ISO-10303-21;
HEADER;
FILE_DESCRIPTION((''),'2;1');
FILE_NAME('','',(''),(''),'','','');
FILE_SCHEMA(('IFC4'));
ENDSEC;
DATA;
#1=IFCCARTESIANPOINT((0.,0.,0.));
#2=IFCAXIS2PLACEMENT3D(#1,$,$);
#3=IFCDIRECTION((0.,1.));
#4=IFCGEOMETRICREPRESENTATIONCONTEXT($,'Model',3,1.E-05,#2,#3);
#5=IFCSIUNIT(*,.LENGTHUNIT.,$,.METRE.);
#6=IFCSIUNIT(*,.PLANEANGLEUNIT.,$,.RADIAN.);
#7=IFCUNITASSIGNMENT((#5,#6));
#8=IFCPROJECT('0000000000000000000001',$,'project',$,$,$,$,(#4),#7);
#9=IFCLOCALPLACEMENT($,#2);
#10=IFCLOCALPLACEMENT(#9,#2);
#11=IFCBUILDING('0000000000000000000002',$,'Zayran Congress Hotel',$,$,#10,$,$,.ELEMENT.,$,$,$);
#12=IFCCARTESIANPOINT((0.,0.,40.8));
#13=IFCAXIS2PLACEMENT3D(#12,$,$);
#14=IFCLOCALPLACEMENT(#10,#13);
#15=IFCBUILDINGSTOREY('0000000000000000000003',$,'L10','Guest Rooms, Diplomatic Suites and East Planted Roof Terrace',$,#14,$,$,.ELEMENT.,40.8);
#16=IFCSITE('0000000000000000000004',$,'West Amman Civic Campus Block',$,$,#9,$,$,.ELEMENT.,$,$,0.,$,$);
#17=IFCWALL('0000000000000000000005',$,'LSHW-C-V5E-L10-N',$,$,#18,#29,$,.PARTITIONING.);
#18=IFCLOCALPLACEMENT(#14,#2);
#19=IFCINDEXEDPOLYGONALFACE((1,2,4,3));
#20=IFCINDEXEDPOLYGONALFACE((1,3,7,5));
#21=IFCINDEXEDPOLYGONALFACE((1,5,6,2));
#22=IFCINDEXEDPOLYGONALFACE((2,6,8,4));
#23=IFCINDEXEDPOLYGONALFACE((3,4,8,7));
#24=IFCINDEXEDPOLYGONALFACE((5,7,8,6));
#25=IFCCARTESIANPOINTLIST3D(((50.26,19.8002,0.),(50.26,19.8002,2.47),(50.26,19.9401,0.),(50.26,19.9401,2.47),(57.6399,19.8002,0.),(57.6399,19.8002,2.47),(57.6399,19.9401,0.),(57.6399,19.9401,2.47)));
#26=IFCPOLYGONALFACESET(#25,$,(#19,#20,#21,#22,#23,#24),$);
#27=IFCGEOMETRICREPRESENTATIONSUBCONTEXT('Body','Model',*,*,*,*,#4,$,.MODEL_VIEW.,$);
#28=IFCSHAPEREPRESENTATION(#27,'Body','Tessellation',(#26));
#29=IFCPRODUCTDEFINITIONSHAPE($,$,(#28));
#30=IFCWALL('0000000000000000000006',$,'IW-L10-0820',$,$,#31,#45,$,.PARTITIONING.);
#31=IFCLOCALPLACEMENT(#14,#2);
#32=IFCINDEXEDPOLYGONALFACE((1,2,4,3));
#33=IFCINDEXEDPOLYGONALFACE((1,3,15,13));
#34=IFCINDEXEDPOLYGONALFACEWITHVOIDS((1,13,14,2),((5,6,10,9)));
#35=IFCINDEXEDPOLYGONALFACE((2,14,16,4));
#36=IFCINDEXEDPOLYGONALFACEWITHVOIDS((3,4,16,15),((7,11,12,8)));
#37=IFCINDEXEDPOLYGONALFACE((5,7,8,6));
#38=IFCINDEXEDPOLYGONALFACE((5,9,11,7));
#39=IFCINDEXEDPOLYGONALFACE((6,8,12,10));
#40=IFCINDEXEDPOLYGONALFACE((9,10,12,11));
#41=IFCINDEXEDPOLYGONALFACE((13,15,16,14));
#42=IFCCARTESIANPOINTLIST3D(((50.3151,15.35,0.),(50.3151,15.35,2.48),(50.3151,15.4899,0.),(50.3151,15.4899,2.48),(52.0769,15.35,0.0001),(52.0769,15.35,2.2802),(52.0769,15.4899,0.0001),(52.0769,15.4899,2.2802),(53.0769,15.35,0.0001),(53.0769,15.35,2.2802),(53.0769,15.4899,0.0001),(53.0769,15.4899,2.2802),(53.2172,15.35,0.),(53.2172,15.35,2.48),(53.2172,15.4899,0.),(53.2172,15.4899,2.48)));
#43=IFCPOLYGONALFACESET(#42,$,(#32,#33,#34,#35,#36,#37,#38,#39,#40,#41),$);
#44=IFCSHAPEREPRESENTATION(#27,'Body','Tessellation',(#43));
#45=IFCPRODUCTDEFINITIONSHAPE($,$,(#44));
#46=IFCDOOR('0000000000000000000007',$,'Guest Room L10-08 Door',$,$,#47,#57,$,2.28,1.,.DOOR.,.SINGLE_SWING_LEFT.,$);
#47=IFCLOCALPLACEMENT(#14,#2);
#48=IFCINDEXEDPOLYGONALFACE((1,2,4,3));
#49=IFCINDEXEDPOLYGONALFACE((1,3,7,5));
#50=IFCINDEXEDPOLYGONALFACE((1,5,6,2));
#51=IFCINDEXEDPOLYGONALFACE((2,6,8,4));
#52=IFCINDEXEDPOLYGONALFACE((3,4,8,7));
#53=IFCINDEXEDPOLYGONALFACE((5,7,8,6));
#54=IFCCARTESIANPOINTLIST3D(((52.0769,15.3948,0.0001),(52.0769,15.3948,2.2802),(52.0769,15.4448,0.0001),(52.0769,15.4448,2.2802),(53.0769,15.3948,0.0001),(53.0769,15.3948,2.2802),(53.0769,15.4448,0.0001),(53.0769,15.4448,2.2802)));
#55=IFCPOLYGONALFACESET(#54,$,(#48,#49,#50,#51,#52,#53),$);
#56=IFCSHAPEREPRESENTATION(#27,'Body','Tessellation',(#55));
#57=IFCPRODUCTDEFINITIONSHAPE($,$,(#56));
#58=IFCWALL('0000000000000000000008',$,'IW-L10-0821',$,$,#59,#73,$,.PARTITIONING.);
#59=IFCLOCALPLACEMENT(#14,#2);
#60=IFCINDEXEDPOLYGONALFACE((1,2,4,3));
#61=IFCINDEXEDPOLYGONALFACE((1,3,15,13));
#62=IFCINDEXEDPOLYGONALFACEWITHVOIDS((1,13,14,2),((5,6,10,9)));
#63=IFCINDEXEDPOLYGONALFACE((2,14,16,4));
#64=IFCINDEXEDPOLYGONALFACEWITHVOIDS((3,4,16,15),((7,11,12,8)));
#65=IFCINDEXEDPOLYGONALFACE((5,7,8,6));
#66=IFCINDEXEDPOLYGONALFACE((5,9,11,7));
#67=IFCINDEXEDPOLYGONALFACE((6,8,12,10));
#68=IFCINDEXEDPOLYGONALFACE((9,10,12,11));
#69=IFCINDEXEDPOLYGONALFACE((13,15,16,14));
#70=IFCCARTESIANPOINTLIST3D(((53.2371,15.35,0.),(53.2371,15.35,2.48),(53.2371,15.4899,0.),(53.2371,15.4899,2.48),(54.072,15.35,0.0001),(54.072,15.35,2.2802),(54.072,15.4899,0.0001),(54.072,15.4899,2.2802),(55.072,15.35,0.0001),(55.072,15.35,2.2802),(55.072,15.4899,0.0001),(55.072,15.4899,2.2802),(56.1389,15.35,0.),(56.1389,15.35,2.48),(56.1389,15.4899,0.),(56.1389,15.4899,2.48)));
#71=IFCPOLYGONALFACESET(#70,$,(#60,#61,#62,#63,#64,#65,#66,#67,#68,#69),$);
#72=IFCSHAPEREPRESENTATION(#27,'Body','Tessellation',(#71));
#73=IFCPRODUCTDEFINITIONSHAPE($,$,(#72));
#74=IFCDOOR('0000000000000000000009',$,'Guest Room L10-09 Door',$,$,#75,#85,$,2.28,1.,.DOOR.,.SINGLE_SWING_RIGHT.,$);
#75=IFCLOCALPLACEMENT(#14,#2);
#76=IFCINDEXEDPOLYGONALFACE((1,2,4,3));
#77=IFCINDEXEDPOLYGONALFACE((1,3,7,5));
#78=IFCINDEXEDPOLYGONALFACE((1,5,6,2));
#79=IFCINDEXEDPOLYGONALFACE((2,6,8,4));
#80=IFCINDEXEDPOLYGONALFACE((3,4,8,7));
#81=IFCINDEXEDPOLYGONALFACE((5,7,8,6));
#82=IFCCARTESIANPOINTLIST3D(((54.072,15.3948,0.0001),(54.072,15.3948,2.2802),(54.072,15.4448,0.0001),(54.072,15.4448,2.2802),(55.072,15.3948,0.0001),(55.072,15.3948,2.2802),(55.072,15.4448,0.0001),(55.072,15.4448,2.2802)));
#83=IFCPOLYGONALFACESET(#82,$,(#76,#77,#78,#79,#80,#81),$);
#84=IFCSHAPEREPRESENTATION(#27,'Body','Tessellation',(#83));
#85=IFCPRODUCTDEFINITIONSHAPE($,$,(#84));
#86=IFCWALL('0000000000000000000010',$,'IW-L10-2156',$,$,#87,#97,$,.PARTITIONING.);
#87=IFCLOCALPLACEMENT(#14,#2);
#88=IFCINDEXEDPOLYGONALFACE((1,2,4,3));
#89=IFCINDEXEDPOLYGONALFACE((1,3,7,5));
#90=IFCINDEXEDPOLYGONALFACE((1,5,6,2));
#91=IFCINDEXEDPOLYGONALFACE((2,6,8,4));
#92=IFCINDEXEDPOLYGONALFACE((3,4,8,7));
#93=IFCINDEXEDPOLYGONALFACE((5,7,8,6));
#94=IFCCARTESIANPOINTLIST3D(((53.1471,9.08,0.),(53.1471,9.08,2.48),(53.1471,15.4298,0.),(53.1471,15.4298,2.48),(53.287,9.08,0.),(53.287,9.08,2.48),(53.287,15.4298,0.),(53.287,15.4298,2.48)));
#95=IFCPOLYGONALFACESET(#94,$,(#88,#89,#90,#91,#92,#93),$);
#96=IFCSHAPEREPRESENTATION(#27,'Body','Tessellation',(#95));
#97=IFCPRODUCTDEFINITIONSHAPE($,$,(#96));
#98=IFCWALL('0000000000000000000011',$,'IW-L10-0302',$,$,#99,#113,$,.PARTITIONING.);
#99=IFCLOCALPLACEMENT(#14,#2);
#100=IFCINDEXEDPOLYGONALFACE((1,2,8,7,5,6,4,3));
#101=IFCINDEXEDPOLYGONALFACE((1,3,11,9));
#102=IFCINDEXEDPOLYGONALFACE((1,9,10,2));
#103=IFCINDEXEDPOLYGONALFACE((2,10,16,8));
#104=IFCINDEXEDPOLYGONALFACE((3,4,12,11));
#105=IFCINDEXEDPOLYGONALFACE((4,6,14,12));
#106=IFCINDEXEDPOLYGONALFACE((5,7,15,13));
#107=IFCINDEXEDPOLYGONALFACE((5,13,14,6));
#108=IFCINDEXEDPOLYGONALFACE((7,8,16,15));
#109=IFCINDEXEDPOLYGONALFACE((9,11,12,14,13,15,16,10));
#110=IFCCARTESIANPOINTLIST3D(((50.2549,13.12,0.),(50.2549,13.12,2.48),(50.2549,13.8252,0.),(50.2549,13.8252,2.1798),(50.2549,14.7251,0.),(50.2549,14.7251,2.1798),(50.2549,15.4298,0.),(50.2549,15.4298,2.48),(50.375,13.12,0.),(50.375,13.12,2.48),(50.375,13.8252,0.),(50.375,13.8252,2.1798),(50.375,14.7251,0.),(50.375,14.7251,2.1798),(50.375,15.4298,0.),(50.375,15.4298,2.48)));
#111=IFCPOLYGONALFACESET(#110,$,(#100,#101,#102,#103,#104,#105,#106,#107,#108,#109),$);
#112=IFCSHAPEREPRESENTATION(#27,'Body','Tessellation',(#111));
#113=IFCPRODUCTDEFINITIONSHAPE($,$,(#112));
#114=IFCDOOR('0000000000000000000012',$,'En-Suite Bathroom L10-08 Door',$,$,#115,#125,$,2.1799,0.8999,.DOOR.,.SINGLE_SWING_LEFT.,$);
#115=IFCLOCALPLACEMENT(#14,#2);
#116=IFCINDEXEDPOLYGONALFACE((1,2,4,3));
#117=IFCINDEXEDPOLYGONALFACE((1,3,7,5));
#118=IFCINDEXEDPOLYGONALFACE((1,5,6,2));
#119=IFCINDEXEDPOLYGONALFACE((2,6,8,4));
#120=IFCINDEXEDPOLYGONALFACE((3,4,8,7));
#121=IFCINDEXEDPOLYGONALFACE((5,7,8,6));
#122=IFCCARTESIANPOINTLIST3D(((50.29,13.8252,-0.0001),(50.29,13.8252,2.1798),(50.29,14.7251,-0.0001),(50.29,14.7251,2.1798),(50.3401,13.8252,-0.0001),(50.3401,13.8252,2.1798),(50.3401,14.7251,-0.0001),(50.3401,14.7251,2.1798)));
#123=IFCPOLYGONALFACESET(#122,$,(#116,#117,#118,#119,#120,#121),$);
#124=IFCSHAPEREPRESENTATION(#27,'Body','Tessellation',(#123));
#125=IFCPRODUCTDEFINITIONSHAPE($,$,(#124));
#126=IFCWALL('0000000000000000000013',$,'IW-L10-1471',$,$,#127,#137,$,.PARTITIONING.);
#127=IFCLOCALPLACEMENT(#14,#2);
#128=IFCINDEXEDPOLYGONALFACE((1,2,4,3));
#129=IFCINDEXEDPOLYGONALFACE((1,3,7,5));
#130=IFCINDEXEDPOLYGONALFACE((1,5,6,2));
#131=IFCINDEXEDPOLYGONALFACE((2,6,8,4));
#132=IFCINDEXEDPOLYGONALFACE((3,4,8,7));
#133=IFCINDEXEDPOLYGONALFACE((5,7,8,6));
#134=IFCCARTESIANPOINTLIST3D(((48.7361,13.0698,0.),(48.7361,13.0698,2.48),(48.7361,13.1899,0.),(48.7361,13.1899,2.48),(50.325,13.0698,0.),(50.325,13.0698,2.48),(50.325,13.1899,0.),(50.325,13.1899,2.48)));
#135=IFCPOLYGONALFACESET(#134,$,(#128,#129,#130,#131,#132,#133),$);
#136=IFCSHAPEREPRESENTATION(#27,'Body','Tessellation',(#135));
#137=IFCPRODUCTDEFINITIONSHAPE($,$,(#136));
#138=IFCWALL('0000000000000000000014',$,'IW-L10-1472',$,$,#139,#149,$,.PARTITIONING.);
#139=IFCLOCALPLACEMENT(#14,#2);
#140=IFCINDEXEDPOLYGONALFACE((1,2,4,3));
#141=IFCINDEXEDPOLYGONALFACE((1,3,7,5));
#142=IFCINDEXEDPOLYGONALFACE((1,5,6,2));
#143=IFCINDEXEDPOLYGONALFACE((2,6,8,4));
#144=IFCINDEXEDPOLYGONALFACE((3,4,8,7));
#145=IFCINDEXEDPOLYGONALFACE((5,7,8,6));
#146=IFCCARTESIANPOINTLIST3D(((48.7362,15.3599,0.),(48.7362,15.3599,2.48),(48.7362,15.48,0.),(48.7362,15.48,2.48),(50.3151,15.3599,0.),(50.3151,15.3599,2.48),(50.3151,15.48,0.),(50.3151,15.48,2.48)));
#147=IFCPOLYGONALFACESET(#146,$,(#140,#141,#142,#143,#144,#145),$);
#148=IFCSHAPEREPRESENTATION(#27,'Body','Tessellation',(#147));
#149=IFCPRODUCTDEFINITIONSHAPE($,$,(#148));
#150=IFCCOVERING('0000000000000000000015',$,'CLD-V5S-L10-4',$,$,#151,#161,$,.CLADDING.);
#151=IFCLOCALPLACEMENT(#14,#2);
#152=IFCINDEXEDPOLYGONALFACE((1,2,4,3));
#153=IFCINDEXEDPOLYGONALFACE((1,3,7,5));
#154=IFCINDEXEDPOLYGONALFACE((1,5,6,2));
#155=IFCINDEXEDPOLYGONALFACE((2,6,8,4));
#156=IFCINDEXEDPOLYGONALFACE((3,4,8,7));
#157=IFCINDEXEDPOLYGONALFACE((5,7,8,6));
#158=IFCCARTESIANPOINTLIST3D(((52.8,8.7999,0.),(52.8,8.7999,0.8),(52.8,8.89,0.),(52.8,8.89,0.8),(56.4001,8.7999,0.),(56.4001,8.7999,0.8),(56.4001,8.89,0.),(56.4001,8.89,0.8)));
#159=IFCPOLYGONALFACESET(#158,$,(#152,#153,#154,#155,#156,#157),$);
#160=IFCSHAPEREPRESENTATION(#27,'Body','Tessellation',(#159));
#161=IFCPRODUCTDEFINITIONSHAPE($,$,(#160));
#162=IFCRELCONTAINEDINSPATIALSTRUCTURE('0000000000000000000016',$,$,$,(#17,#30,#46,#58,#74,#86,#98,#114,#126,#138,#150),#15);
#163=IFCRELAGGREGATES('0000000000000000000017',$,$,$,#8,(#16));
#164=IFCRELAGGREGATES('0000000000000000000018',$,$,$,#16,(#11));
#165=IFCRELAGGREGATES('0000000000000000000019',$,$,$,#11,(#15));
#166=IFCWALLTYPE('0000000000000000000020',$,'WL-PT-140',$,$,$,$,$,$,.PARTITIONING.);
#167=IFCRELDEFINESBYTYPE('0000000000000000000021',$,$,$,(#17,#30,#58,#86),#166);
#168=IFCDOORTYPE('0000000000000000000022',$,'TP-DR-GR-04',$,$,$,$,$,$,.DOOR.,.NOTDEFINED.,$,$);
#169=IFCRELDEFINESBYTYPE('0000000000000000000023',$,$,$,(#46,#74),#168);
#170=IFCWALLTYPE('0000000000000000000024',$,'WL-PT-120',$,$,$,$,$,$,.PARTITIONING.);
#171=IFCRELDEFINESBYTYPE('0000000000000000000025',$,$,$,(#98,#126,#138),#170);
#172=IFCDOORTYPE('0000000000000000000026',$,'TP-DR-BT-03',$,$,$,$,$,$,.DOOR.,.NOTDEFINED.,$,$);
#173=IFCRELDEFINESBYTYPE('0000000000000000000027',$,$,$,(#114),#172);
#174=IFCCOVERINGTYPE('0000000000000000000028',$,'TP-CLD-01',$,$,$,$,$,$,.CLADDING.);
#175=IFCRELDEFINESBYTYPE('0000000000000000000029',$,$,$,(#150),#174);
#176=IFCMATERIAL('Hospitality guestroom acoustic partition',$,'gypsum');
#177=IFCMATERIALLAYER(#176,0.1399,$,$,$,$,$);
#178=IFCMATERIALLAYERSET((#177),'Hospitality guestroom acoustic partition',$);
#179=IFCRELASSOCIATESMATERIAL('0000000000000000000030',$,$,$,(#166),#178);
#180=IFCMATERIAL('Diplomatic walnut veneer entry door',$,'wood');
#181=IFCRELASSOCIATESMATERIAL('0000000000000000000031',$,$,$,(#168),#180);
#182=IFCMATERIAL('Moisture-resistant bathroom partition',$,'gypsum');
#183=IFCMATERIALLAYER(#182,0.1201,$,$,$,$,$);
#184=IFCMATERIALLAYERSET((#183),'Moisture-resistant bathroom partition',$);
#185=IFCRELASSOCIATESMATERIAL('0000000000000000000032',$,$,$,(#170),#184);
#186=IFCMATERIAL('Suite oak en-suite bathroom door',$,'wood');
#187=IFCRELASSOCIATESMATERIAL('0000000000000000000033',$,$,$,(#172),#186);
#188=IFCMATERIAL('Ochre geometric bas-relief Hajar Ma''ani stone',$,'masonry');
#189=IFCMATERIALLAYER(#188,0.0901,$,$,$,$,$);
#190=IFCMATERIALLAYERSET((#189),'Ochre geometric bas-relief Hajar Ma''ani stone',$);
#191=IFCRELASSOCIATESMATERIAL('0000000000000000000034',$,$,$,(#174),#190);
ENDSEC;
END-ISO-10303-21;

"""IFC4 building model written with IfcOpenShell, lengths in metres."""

from ifc_helpers import new_model, si_unit, direction, frame, frame_2d, origin, origin_2d, place, context, subcontext, project, spatial, rectangle, extrude, material, layer, layer_set, type_object, element, fill, save


model = new_model("IFC4")

# Units and contexts
model_context = context("Model", 3, precision=1e-05, world=origin(), true_north=direction((0.0, 1.0)))
body_context = subcontext(model_context, "Body", "Model", "MODEL_VIEW")
ifc_project = project(units=[si_unit("LENGTHUNIT", "METRE"), si_unit("PLANEANGLEUNIT", "RADIAN")], contexts=[model_context])

# Site, building, storey
site_placement = place(None, origin())
site = spatial("IfcSite", under=ifc_project, at=site_placement, Name="West Amman Civic Campus Block", CompositionType="ELEMENT", RefElevation=0.0)
building_placement = place(site_placement, origin())
building = spatial("IfcBuilding", under=site, at=building_placement, Name="Zayran Congress Hotel", CompositionType="ELEMENT")
storey_placement = place(building_placement, frame((0.0, 0.0, 40.8)))
storey = spatial("IfcBuildingStorey", under=building, at=storey_placement, Name="L10", Description="Guest Rooms, Diplomatic Suites and East Planted Roof Terrace", CompositionType="ELEMENT", Elevation=40.8)

# Wall
ifc_material_1 = material(Name="Hospitality guestroom acoustic partition", Category="gypsum")
ifc_layer_1 = layer(ifc_material_1, 0.1399)
ifc_layer_set_1 = layer_set([ifc_layer_1], Name="Hospitality guestroom acoustic partition")
wall_type_1 = type_object("IfcWallType", Name="WL-PT-140", PredefinedType="PARTITIONING", material=ifc_layer_set_1)
wall_1_placement = place(storey_placement, frame((50.26, 19.8701, 0.0), z_axis=(0.0, 0.0, 1.0), x_axis=(1.0, 0.0, 0.0)))
element("IfcWall", 1, at=wall_1_placement, inside=storey, type_object=wall_type_1, Name="LSHW-C-V5E-L10-N", PredefinedType="PARTITIONING", context=body_context, shape_type="SweptSolid", body=[
    extrude(rectangle(XDim=7.3799, YDim=0.1399, at=frame_2d((3.6899, 0.0))), origin(), (0.0, 0.0, 1.0), 2.47),
])

# Walls, openings, doors
wall_2_placement = place(storey_placement, frame((50.3149, 15.4199, 0.0), z_axis=(0.0, 0.0, 1.0), x_axis=(1.0, 0.0, 0.0)))
wall_2 = element("IfcWall", 2, at=wall_2_placement, inside=storey, type_object=wall_type_1, Name="IW-L10-0820", PredefinedType="PARTITIONING", context=body_context, shape_type="SweptSolid", body=[
    extrude(rectangle(XDim=2.9021, YDim=0.1399, at=frame_2d((1.4512, 0.0))), origin(), (0.0, 0.0, 1.0), 2.48),
])
opening_1_placement = place(wall_2_placement, frame((1.762, 0.0, 0.0)))
opening_1 = element("IfcOpeningElement", 3, at=opening_1_placement, cuts=wall_2, PredefinedType="OPENING", context=body_context, shape_type="SweptSolid", body=[
    extrude(rectangle(XDim=1.0, YDim=2.28, at=frame_2d((0.5, 1.1401))), frame((0.0, 0.0798, 0.0), z_axis=(0.0, -1.0, 0.0), x_axis=(1.0, 0.0, 0.0)), (0.0, 0.0, 1.0), 0.1599),
])
ifc_material_2 = material(Name="Diplomatic walnut veneer entry door", Category="wood")
door_type_1 = type_object("IfcDoorType", Name="TP-DR-GR-04", OperationType="NOTDEFINED", PredefinedType="DOOR", material=ifc_material_2)
door_1_placement = place(opening_1_placement, origin())
door_1 = element("IfcDoor", 4, at=door_1_placement, inside=storey, type_object=door_type_1, Name="Guest Room L10-08 Door", OperationType="SINGLE_SWING_LEFT", OverallHeight=2.28, OverallWidth=1.0, PredefinedType="DOOR", context=body_context, shape_type="SweptSolid", body=[
    extrude(rectangle(XDim=1.0, YDim=2.28, at=frame_2d((0.5, 1.1401))), frame((0.0, 0.0249, 0.0), z_axis=(0.0, -1.0, 0.0), x_axis=(1.0, 0.0, 0.0)), (0.0, 0.0, 1.0), 0.05),
])
fill(opening_1, door_1)
wall_3_placement = place(storey_placement, frame((53.2371, 15.4199, 0.0), z_axis=(0.0, 0.0, 1.0), x_axis=(1.0, 0.0, 0.0)))
wall_3 = element("IfcWall", 5, at=wall_3_placement, inside=storey, type_object=wall_type_1, Name="IW-L10-0821", PredefinedType="PARTITIONING", context=body_context, shape_type="SweptSolid", body=[
    extrude(rectangle(XDim=2.9019, YDim=0.1399, at=frame_2d((1.4509, 0.0))), origin(), (0.0, 0.0, 1.0), 2.48),
])
opening_2_placement = place(wall_3_placement, frame((0.835, 0.0, 0.0)))
opening_2 = element("IfcOpeningElement", 6, at=opening_2_placement, cuts=wall_3, PredefinedType="OPENING", context=body_context, shape_type="SweptSolid", body=[
    extrude(rectangle(XDim=1.0, YDim=2.28, at=frame_2d((0.5, 1.1401))), frame((0.0, 0.0798, 0.0), z_axis=(0.0, -1.0, 0.0), x_axis=(1.0, 0.0, 0.0)), (0.0, 0.0, 1.0), 0.1599),
])
door_2_placement = place(opening_2_placement, origin())
door_2 = element("IfcDoor", 7, at=door_2_placement, inside=storey, type_object=door_type_1, Name="Guest Room L10-09 Door", OperationType="SINGLE_SWING_RIGHT", OverallHeight=2.28, OverallWidth=1.0, PredefinedType="DOOR", context=body_context, shape_type="SweptSolid", body=[
    extrude(rectangle(XDim=1.0, YDim=2.28, at=frame_2d((0.5, 1.1401))), frame((0.0, 0.0249, 0.0), z_axis=(0.0, -1.0, 0.0), x_axis=(1.0, 0.0, 0.0)), (0.0, 0.0, 1.0), 0.05),
])
fill(opening_2, door_2)

# Wall
wall_4_placement = place(storey_placement, frame((53.217, 9.0801, 0.0), z_axis=(0.0, 0.0, 1.0), x_axis=(0.0, 1.0, 0.0)))
element("IfcWall", 8, at=wall_4_placement, inside=storey, type_object=wall_type_1, Name="IW-L10-2156", PredefinedType="PARTITIONING", context=body_context, shape_type="SweptSolid", body=[
    extrude(rectangle(XDim=6.3499, YDim=0.1399, at=frame_2d((3.1748, 0.0))), origin(), (0.0, 0.0, 1.0), 2.48),
])

# Wall, opening, door
ifc_material_3 = material(Name="Moisture-resistant bathroom partition", Category="gypsum")
ifc_layer_2 = layer(ifc_material_3, 0.1201)
ifc_layer_set_2 = layer_set([ifc_layer_2], Name="Moisture-resistant bathroom partition")
wall_type_2 = type_object("IfcWallType", Name="WL-PT-120", PredefinedType="PARTITIONING", material=ifc_layer_set_2)
wall_5_placement = place(storey_placement, frame((50.3149, 13.1201, 0.0), z_axis=(0.0, 0.0, 1.0), x_axis=(0.0, 1.0, 0.0)))
wall_5 = element("IfcWall", 9, at=wall_5_placement, inside=storey, type_object=wall_type_2, Name="IW-L10-0302", PredefinedType="PARTITIONING", context=body_context, shape_type="SweptSolid", body=[
    extrude(rectangle(XDim=2.3098, YDim=0.1201, at=frame_2d((1.1548, 0.0))), origin(), (0.0, 0.0, 1.0), 2.48),
])
opening_3_placement = place(wall_5_placement, frame((0.7051, 0.0, 0.0)))
opening_3 = element("IfcOpeningElement", 10, at=opening_3_placement, cuts=wall_5, PredefinedType="OPENING", context=body_context, shape_type="SweptSolid", body=[
    extrude(rectangle(XDim=0.8999, YDim=2.1799, at=frame_2d((0.45, 1.0898))), frame((0.0, 0.0701, 0.0), z_axis=(0.0, -1.0, 0.0), x_axis=(1.0, 0.0, 0.0)), (0.0, 0.0, 1.0), 0.1401),
])
ifc_material_4 = material(Name="Suite oak en-suite bathroom door", Category="wood")
door_type_2 = type_object("IfcDoorType", Name="TP-DR-BT-03", OperationType="NOTDEFINED", PredefinedType="DOOR", material=ifc_material_4)
door_3_placement = place(opening_3_placement, origin())
door_3 = element("IfcDoor", 11, at=door_3_placement, inside=storey, type_object=door_type_2, Name="En-Suite Bathroom L10-08 Door", OperationType="SINGLE_SWING_LEFT", OverallHeight=2.1799, OverallWidth=0.8999, PredefinedType="DOOR", context=body_context, shape_type="SweptSolid", body=[
    extrude(rectangle(XDim=0.8999, YDim=2.1799, at=frame_2d((0.45, 1.0898))), frame((0.0, 0.0249, 0.0), z_axis=(0.0, -1.0, 0.0), x_axis=(1.0, 0.0, 0.0)), (0.0, 0.0, 1.0), 0.05),
])
fill(opening_3, door_3)

# Walls
wall_6_placement = place(storey_placement, frame((48.7361, 13.1299, 0.0), z_axis=(0.0, 0.0, 1.0), x_axis=(1.0, 0.0, 0.0)))
element("IfcWall", 12, at=wall_6_placement, inside=storey, type_object=wall_type_2, Name="IW-L10-1471", PredefinedType="PARTITIONING", context=body_context, shape_type="SweptSolid", body=[
    extrude(rectangle(XDim=1.5889, YDim=0.1201, at=frame_2d((0.7944, 0.0))), origin(), (0.0, 0.0, 1.0), 2.48),
])
wall_7_placement = place(storey_placement, frame((48.7361, 15.4199, 0.0), z_axis=(0.0, 0.0, 1.0), x_axis=(1.0, 0.0, 0.0)))
element("IfcWall", 13, at=wall_7_placement, inside=storey, type_object=wall_type_2, Name="IW-L10-1472", PredefinedType="PARTITIONING", context=body_context, shape_type="SweptSolid", body=[
    extrude(rectangle(XDim=1.5789, YDim=0.1201, at=frame_2d((0.7896, 0.0))), origin(), (0.0, 0.0, 1.0), 2.48),
])

# Covering
ifc_material_5 = material(Name="Ochre geometric bas-relief Hajar Ma'ani stone", Category="masonry")
ifc_layer_3 = layer(ifc_material_5, 0.0901)
ifc_layer_set_3 = layer_set([ifc_layer_3], Name="Ochre geometric bas-relief Hajar Ma'ani stone")
covering_type = type_object("IfcCoveringType", Name="TP-CLD-01", PredefinedType="CLADDING", material=ifc_layer_set_3)
covering_placement = place(storey_placement, frame((54.6001, 8.845, 0.0), z_axis=(0.0, 0.0, 1.0), x_axis=(1.0, 0.0, 0.0)))
element("IfcCovering", 14, at=covering_placement, inside=storey, type_object=covering_type, Name="CLD-V5S-L10-4", PredefinedType="CLADDING", context=body_context, shape_type="SweptSolid", body=[
    extrude(rectangle(XDim=3.6001, YDim=0.0901, at=origin_2d()), origin(), (0.0, 0.0, 1.0), 0.8),
])

save(model, "model.ifc")
